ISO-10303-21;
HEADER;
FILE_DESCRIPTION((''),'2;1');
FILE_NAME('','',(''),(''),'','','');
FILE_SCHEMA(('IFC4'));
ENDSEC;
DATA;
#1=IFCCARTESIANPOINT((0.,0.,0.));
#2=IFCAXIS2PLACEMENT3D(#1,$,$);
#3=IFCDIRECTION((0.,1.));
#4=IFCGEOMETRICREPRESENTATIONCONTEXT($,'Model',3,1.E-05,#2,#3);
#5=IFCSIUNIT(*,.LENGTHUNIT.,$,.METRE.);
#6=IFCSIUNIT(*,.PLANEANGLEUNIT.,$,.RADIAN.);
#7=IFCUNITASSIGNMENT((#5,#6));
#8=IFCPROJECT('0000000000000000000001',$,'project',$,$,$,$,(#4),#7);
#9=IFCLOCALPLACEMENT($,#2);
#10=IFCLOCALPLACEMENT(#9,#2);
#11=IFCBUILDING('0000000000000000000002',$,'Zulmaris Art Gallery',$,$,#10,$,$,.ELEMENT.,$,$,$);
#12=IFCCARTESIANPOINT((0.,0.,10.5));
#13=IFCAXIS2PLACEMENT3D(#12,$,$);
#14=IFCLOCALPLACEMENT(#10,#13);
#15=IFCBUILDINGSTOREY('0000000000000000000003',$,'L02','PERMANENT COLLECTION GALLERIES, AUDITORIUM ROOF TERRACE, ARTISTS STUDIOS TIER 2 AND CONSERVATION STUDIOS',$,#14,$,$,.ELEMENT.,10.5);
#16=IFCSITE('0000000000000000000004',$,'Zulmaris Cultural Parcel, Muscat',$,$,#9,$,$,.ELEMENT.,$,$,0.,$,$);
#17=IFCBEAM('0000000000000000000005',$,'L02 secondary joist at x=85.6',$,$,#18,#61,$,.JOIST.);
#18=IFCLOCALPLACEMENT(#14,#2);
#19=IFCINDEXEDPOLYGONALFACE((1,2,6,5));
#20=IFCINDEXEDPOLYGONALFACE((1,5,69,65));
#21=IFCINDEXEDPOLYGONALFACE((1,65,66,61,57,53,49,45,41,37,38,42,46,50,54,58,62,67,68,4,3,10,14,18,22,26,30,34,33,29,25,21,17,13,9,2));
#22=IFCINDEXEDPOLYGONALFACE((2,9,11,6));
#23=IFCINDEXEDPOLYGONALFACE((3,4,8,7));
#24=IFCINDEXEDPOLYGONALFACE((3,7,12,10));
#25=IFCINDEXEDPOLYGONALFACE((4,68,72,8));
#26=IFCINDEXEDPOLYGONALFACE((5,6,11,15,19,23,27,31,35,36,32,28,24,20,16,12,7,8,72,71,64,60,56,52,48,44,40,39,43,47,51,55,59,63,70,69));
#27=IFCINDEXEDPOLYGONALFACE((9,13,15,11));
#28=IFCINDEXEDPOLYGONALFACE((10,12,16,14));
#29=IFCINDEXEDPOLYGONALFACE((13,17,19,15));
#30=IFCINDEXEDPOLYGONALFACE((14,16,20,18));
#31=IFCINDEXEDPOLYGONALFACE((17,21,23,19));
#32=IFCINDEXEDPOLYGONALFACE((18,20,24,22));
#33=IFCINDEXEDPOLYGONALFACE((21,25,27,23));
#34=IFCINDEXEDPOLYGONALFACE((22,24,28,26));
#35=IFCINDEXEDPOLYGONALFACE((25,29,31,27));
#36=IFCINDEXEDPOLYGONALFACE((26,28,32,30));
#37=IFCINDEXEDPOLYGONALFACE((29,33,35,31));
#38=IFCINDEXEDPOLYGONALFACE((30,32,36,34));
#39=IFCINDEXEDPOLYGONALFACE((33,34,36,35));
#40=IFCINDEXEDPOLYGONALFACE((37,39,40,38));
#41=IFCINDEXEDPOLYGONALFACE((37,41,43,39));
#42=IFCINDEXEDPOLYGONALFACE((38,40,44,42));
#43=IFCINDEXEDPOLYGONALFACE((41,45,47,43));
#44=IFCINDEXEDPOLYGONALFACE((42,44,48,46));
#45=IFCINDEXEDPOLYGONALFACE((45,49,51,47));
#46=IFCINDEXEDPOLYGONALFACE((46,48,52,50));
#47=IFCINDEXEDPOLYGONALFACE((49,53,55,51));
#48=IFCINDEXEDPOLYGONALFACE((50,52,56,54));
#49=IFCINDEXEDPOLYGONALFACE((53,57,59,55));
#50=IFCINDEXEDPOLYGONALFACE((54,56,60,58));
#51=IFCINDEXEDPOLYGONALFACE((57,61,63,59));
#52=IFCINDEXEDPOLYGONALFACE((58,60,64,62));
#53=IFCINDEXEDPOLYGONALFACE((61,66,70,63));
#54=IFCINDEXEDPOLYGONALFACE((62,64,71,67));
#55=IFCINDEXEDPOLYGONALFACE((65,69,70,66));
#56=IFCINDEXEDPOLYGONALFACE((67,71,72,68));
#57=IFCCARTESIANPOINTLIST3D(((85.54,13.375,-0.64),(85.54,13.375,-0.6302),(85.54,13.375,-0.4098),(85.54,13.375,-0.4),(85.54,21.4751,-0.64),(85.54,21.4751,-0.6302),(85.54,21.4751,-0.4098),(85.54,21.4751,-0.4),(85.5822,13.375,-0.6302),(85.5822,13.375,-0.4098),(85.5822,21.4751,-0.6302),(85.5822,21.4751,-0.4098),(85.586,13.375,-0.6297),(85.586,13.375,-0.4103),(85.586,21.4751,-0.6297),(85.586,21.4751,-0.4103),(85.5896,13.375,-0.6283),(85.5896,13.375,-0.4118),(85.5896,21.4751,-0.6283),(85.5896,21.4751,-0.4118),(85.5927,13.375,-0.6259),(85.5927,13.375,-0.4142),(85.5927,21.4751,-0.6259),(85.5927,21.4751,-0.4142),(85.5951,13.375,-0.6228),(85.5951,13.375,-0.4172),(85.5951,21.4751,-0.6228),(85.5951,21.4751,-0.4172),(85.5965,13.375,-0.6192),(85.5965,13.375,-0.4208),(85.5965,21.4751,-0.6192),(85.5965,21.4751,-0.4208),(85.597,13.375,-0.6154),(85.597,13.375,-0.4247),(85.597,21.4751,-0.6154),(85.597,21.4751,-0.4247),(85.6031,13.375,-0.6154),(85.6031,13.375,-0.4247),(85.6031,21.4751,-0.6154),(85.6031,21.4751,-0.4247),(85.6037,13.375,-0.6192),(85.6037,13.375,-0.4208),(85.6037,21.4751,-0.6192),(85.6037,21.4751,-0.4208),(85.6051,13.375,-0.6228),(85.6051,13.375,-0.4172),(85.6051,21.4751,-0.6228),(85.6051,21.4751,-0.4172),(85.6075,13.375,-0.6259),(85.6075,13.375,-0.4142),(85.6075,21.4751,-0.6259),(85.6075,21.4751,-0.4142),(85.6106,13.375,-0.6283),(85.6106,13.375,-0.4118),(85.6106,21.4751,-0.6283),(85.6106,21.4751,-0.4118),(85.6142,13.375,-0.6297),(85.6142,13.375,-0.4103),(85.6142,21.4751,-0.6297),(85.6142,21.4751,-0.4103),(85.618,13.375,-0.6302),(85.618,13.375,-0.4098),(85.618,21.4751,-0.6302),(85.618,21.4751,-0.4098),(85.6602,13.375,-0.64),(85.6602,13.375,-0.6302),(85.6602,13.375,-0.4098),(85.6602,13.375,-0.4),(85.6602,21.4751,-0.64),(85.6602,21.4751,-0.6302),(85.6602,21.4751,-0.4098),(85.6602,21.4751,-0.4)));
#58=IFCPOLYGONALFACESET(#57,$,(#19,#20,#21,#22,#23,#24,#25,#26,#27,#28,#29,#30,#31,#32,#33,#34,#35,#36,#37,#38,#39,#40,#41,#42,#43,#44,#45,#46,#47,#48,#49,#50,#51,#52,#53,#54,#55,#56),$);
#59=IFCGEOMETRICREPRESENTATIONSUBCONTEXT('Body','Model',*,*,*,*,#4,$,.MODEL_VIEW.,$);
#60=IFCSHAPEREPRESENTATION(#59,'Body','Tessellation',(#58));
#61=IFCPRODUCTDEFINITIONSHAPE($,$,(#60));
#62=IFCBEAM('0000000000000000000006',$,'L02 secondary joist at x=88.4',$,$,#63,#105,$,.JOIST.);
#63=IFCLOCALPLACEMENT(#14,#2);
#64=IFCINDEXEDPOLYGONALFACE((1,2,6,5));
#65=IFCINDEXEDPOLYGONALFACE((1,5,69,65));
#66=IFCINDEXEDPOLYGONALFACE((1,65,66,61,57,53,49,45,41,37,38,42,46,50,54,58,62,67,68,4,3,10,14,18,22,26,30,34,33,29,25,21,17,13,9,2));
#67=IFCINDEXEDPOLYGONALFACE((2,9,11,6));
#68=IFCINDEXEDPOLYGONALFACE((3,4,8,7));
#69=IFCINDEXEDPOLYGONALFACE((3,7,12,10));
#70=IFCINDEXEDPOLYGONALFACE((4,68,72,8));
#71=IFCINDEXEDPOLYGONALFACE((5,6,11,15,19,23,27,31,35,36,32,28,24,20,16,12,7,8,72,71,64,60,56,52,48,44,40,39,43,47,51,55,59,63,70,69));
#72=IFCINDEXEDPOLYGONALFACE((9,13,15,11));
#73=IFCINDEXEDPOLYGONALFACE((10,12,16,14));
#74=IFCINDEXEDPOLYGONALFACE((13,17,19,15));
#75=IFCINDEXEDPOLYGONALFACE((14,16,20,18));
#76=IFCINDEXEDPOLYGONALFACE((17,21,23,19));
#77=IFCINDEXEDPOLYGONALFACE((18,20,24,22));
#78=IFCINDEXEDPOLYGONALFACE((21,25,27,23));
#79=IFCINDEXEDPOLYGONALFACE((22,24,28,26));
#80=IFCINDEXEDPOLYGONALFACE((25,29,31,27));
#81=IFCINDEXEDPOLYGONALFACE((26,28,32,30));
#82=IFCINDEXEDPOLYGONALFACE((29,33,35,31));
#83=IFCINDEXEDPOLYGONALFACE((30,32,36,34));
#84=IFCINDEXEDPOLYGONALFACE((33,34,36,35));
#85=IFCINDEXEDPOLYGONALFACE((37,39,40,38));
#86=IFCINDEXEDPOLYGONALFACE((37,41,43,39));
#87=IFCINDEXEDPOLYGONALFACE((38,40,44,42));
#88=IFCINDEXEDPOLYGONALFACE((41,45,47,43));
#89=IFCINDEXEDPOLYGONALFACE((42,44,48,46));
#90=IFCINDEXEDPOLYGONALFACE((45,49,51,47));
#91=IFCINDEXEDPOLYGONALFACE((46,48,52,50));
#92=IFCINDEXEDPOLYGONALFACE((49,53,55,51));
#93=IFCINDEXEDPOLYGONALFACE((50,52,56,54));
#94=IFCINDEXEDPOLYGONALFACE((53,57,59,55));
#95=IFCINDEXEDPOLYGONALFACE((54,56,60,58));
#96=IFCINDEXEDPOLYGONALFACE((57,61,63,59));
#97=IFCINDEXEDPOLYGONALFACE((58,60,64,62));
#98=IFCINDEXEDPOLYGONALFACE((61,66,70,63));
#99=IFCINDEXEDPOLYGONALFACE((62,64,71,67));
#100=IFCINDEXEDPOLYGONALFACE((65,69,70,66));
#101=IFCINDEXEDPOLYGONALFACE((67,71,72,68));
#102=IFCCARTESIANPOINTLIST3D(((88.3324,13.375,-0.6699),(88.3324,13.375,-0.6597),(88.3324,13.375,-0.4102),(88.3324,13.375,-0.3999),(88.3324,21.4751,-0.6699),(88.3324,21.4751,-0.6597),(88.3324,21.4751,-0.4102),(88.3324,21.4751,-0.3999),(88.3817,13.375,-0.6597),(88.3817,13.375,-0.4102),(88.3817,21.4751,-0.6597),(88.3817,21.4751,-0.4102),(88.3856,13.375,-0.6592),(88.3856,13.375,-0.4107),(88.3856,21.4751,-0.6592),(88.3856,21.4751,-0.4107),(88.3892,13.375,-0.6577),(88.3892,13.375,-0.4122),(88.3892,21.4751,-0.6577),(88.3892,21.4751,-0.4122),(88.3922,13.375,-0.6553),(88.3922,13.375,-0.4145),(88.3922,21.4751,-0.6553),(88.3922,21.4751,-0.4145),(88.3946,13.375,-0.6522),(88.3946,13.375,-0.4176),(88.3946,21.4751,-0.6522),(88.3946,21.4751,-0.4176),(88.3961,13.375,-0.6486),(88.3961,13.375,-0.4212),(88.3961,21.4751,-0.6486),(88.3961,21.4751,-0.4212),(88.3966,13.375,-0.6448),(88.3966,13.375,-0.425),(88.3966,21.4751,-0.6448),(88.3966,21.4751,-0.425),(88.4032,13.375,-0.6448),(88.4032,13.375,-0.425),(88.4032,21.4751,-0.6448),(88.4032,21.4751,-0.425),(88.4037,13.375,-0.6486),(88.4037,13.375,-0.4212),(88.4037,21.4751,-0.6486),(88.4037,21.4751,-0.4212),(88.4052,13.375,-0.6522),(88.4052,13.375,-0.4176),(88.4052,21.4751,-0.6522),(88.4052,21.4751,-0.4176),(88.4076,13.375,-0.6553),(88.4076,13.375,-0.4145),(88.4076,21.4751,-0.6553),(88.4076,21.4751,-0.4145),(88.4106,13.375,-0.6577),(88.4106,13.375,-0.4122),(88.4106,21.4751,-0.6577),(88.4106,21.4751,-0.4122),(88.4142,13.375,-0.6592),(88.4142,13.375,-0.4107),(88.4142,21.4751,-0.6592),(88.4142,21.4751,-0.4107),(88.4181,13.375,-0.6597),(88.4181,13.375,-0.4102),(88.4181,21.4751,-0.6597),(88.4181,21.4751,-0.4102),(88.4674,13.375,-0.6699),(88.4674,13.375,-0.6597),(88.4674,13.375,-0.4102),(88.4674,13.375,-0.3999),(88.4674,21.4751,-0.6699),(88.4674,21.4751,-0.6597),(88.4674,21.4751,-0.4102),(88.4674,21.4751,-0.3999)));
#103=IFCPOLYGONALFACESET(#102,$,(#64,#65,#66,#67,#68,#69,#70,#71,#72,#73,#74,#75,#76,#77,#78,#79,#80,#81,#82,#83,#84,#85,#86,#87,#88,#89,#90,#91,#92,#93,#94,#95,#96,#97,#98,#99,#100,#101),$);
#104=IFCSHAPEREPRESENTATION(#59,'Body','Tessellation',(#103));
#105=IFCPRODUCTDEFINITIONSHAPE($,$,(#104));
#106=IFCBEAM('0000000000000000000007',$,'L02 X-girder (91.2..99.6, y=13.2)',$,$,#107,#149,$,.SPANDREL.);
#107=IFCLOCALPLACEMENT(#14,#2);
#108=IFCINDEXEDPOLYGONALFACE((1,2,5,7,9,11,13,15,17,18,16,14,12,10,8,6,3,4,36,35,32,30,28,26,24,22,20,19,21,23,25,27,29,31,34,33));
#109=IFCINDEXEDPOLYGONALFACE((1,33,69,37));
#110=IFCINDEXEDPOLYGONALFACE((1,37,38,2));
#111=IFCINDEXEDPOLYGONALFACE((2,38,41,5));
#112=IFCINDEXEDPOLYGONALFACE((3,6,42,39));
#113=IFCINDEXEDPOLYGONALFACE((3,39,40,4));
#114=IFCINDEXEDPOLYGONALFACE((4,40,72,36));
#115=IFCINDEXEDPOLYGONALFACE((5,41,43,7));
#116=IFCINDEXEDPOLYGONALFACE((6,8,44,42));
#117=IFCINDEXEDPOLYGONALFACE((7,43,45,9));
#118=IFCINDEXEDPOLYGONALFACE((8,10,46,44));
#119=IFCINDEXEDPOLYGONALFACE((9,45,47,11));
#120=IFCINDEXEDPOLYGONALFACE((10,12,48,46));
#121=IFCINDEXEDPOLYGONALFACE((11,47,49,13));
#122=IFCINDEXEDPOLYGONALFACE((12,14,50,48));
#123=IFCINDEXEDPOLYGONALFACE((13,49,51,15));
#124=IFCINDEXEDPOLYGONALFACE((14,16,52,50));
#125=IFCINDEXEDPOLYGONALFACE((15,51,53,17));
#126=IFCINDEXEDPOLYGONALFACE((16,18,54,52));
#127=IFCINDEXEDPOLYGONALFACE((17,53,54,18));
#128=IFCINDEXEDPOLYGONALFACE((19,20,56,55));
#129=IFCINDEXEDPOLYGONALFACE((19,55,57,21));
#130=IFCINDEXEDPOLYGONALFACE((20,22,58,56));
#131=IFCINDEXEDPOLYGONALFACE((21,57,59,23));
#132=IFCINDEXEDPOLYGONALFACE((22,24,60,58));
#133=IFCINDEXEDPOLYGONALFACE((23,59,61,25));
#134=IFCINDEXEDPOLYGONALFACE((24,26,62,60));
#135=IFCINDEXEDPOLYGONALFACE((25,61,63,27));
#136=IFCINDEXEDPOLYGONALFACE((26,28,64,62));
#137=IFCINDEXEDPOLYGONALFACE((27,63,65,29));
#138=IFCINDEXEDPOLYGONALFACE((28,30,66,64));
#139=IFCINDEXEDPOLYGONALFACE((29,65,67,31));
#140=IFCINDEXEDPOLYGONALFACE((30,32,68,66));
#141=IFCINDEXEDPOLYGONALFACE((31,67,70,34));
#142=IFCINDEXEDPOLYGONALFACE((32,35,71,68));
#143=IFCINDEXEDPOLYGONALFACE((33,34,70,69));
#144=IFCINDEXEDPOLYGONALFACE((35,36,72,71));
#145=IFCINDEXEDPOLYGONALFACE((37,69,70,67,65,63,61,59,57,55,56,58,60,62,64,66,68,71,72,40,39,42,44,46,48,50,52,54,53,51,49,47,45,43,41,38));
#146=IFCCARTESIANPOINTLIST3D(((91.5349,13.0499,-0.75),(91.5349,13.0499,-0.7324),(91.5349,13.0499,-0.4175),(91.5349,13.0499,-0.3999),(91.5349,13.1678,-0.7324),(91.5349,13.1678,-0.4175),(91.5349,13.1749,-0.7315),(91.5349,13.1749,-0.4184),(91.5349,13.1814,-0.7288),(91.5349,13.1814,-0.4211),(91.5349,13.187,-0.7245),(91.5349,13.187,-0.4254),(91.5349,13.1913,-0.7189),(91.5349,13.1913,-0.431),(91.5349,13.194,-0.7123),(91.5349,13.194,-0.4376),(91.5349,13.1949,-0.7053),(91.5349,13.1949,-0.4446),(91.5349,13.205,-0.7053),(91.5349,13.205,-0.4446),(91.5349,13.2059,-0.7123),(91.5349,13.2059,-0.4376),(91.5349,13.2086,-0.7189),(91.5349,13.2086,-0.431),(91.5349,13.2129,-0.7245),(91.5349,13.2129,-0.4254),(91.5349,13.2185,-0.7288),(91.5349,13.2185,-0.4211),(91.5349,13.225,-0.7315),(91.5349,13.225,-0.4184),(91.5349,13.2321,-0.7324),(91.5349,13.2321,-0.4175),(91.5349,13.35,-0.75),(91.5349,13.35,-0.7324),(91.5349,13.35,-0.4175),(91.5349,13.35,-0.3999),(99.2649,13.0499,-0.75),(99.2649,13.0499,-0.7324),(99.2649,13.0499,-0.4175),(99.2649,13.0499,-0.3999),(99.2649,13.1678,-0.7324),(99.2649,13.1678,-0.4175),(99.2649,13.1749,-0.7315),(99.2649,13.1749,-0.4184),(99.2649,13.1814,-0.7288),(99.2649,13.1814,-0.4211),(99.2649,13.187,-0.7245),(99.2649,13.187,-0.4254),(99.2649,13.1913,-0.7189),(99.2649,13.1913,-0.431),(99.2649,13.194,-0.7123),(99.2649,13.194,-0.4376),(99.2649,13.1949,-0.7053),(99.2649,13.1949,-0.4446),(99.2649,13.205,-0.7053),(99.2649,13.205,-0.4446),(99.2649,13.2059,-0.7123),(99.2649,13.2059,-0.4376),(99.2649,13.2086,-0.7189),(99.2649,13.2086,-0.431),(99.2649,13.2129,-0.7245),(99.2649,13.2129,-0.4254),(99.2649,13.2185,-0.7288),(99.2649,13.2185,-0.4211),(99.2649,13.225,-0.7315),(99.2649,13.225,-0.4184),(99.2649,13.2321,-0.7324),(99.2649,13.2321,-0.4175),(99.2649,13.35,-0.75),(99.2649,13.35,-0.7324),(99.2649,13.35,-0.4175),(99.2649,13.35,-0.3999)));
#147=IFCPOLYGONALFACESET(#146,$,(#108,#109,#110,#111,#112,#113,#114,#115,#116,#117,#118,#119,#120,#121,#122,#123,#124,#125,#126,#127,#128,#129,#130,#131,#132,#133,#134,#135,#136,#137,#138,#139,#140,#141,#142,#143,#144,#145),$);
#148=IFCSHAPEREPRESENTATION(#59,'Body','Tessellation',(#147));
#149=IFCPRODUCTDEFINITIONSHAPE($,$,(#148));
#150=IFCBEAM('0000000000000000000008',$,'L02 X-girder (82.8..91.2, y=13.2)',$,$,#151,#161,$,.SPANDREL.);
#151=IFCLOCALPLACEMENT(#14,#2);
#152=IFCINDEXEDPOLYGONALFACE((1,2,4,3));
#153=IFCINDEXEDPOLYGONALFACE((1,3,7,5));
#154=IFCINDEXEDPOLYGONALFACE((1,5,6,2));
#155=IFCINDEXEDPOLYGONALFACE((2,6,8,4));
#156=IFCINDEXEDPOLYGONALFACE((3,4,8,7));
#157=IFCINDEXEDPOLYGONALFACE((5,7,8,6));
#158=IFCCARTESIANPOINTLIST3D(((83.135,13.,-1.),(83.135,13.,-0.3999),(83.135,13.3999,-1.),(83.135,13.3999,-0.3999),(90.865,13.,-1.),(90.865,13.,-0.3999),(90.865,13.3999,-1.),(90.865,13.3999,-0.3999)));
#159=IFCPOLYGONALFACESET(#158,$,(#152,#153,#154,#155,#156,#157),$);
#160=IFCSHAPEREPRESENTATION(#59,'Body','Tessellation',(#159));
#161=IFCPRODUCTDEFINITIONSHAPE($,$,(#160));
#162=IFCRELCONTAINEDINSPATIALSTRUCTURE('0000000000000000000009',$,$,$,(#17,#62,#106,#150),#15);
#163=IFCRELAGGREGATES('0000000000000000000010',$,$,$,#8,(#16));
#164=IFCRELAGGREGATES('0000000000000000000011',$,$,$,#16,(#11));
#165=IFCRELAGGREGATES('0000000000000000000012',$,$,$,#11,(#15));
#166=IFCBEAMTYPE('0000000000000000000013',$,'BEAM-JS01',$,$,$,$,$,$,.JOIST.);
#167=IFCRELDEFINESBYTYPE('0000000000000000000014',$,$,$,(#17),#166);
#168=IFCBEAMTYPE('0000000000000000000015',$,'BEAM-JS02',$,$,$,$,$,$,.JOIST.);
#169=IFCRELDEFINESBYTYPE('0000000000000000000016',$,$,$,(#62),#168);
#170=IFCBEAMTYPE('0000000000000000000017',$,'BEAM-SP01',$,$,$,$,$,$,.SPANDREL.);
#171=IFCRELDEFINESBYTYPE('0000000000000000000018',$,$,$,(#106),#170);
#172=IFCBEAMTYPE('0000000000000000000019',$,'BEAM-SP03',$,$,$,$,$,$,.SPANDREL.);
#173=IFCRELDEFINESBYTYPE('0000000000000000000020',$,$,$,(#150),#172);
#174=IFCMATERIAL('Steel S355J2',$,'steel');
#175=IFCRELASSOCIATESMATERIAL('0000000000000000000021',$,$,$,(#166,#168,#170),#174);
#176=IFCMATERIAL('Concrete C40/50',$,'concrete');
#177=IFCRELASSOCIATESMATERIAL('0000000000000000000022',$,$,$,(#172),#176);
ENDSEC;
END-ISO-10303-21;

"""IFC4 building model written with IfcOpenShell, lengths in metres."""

from ifc_helpers import new_model, si_unit, direction, frame, origin, origin_2d, place, context, subcontext, project, spatial, rectangle, i_section, extrude, material, material_profile, profile_set, type_object, element, save


model = new_model("IFC4")

# Units and contexts
model_context = context("Model", 3, precision=1e-05, world=origin(), true_north=direction((0.0, 1.0)))
body_context = subcontext(model_context, "Body", "Model", "MODEL_VIEW")
ifc_project = project(units=[si_unit("LENGTHUNIT", "METRE"), si_unit("PLANEANGLEUNIT", "RADIAN")], contexts=[model_context])

# Site, building, storey
site_placement = place(None, origin())
site = spatial("IfcSite", under=ifc_project, at=site_placement, Name="Zulmaris Cultural Parcel, Muscat", CompositionType="ELEMENT", RefElevation=0.0)
building_placement = place(site_placement, origin())
building = spatial("IfcBuilding", under=site, at=building_placement, Name="Zulmaris Art Gallery", CompositionType="ELEMENT")
storey_placement = place(building_placement, frame((0.0, 0.0, 10.5)))
storey = spatial("IfcBuildingStorey", under=building, at=storey_placement, Name="L02", Description="PERMANENT COLLECTION GALLERIES, AUDITORIUM ROOF TERRACE, ARTISTS STUDIOS TIER 2 AND CONSERVATION STUDIOS", CompositionType="ELEMENT", Elevation=10.5)

# Shared definitions
ifc_material_1 = material(Name="Concrete C40/50", Category="concrete")

# Beams
ifc_material_2 = material(Name="Steel S355J2", Category="steel")
ifc_material_profile_1 = material_profile(ifc_material_2, i_section(OverallWidth=0.1201, OverallDepth=0.24, WebThickness=0.0061, FlangeThickness=0.0098, FilletRadius=0.0149, at=origin_2d()), Name="IPE 240")
ifc_profile_set_1 = profile_set([ifc_material_profile_1], Name="Steel S355J2")
beam_type_1 = type_object("IfcBeamType", Name="BEAM-JS01", PredefinedType="JOIST", material=ifc_profile_set_1)
beam_1_placement = place(storey_placement, frame((85.6001, 13.375, -0.52), z_axis=(0.0, 1.0, 0.0), x_axis=(-1.0, 0.0, 0.0)))
element("IfcBeam", 1, at=beam_1_placement, inside=storey, type_object=beam_type_1, Name="L02 secondary joist at x=85.6", PredefinedType="JOIST", context=body_context, shape_type="SweptSolid", body=[
    extrude(i_section(OverallWidth=0.1201, OverallDepth=0.24, WebThickness=0.0061, FlangeThickness=0.0098, FilletRadius=0.0149, at=origin_2d()), origin(), (0.0, 0.0, 1.0), 8.1001),
])
ifc_material_profile_2 = material_profile(ifc_material_2, i_section(OverallWidth=0.135, OverallDepth=0.27, WebThickness=0.0066, FlangeThickness=0.0103, FilletRadius=0.0149, at=origin_2d()), Name="IPE 270")
ifc_profile_set_2 = profile_set([ifc_material_profile_2], Name="Steel S355J2")
beam_type_2 = type_object("IfcBeamType", Name="BEAM-JS02", PredefinedType="JOIST", material=ifc_profile_set_2)
beam_2_placement = place(storey_placement, frame((88.3999, 13.375, -0.5349), z_axis=(0.0, 1.0, 0.0), x_axis=(-1.0, 0.0, 0.0)))
element("IfcBeam", 2, at=beam_2_placement, inside=storey, type_object=beam_type_2, Name="L02 secondary joist at x=88.4", PredefinedType="JOIST", context=body_context, shape_type="SweptSolid", body=[
    extrude(i_section(OverallWidth=0.135, OverallDepth=0.27, WebThickness=0.0066, FlangeThickness=0.0103, FilletRadius=0.0149, at=origin_2d()), origin(), (0.0, 0.0, 1.0), 8.1001),
])
ifc_material_profile_3 = material_profile(ifc_material_2, i_section(OverallWidth=0.3, OverallDepth=0.3501, WebThickness=0.01, FlangeThickness=0.0176, FilletRadius=0.0271, at=origin_2d()), Name="HEA 360")
ifc_profile_set_3 = profile_set([ifc_material_profile_3], Name="Steel S355J2")
beam_type_3 = type_object("IfcBeamType", Name="BEAM-SP01", PredefinedType="SPANDREL", material=ifc_profile_set_3)
beam_3_placement = place(storey_placement, frame((91.5349, 13.2, -0.575), z_axis=(1.0, 0.0, 0.0), x_axis=(0.0, 1.0, 0.0)))
element("IfcBeam", 3, at=beam_3_placement, inside=storey, type_object=beam_type_3, Name="L02 X-girder (91.2..99.6, y=13.2)", PredefinedType="SPANDREL", context=body_context, shape_type="SweptSolid", body=[
    extrude(i_section(OverallWidth=0.3, OverallDepth=0.3501, WebThickness=0.01, FlangeThickness=0.0176, FilletRadius=0.0271, at=origin_2d()), origin(), (0.0, 0.0, 1.0), 7.73),
])
ifc_material_profile_4 = material_profile(ifc_material_1, rectangle(XDim=0.3999, YDim=0.6001, at=origin_2d()), Name="RC 400x600")
ifc_profile_set_4 = profile_set([ifc_material_profile_4], Name="Concrete C40/50")
beam_type_4 = type_object("IfcBeamType", Name="BEAM-SP03", PredefinedType="SPANDREL", material=ifc_profile_set_4)
beam_4_placement = place(storey_placement, frame((83.135, 13.2, -0.7), z_axis=(1.0, 0.0, 0.0), x_axis=(0.0, 1.0, 0.0)))
element("IfcBeam", 4, at=beam_4_placement, inside=storey, type_object=beam_type_4, Name="L02 X-girder (82.8..91.2, y=13.2)", PredefinedType="SPANDREL", context=body_context, shape_type="SweptSolid", body=[
    extrude(rectangle(XDim=0.3999, YDim=0.6001, at=origin_2d()), origin(), (0.0, 0.0, 1.0), 7.73),
])

save(model, "model.ifc")
